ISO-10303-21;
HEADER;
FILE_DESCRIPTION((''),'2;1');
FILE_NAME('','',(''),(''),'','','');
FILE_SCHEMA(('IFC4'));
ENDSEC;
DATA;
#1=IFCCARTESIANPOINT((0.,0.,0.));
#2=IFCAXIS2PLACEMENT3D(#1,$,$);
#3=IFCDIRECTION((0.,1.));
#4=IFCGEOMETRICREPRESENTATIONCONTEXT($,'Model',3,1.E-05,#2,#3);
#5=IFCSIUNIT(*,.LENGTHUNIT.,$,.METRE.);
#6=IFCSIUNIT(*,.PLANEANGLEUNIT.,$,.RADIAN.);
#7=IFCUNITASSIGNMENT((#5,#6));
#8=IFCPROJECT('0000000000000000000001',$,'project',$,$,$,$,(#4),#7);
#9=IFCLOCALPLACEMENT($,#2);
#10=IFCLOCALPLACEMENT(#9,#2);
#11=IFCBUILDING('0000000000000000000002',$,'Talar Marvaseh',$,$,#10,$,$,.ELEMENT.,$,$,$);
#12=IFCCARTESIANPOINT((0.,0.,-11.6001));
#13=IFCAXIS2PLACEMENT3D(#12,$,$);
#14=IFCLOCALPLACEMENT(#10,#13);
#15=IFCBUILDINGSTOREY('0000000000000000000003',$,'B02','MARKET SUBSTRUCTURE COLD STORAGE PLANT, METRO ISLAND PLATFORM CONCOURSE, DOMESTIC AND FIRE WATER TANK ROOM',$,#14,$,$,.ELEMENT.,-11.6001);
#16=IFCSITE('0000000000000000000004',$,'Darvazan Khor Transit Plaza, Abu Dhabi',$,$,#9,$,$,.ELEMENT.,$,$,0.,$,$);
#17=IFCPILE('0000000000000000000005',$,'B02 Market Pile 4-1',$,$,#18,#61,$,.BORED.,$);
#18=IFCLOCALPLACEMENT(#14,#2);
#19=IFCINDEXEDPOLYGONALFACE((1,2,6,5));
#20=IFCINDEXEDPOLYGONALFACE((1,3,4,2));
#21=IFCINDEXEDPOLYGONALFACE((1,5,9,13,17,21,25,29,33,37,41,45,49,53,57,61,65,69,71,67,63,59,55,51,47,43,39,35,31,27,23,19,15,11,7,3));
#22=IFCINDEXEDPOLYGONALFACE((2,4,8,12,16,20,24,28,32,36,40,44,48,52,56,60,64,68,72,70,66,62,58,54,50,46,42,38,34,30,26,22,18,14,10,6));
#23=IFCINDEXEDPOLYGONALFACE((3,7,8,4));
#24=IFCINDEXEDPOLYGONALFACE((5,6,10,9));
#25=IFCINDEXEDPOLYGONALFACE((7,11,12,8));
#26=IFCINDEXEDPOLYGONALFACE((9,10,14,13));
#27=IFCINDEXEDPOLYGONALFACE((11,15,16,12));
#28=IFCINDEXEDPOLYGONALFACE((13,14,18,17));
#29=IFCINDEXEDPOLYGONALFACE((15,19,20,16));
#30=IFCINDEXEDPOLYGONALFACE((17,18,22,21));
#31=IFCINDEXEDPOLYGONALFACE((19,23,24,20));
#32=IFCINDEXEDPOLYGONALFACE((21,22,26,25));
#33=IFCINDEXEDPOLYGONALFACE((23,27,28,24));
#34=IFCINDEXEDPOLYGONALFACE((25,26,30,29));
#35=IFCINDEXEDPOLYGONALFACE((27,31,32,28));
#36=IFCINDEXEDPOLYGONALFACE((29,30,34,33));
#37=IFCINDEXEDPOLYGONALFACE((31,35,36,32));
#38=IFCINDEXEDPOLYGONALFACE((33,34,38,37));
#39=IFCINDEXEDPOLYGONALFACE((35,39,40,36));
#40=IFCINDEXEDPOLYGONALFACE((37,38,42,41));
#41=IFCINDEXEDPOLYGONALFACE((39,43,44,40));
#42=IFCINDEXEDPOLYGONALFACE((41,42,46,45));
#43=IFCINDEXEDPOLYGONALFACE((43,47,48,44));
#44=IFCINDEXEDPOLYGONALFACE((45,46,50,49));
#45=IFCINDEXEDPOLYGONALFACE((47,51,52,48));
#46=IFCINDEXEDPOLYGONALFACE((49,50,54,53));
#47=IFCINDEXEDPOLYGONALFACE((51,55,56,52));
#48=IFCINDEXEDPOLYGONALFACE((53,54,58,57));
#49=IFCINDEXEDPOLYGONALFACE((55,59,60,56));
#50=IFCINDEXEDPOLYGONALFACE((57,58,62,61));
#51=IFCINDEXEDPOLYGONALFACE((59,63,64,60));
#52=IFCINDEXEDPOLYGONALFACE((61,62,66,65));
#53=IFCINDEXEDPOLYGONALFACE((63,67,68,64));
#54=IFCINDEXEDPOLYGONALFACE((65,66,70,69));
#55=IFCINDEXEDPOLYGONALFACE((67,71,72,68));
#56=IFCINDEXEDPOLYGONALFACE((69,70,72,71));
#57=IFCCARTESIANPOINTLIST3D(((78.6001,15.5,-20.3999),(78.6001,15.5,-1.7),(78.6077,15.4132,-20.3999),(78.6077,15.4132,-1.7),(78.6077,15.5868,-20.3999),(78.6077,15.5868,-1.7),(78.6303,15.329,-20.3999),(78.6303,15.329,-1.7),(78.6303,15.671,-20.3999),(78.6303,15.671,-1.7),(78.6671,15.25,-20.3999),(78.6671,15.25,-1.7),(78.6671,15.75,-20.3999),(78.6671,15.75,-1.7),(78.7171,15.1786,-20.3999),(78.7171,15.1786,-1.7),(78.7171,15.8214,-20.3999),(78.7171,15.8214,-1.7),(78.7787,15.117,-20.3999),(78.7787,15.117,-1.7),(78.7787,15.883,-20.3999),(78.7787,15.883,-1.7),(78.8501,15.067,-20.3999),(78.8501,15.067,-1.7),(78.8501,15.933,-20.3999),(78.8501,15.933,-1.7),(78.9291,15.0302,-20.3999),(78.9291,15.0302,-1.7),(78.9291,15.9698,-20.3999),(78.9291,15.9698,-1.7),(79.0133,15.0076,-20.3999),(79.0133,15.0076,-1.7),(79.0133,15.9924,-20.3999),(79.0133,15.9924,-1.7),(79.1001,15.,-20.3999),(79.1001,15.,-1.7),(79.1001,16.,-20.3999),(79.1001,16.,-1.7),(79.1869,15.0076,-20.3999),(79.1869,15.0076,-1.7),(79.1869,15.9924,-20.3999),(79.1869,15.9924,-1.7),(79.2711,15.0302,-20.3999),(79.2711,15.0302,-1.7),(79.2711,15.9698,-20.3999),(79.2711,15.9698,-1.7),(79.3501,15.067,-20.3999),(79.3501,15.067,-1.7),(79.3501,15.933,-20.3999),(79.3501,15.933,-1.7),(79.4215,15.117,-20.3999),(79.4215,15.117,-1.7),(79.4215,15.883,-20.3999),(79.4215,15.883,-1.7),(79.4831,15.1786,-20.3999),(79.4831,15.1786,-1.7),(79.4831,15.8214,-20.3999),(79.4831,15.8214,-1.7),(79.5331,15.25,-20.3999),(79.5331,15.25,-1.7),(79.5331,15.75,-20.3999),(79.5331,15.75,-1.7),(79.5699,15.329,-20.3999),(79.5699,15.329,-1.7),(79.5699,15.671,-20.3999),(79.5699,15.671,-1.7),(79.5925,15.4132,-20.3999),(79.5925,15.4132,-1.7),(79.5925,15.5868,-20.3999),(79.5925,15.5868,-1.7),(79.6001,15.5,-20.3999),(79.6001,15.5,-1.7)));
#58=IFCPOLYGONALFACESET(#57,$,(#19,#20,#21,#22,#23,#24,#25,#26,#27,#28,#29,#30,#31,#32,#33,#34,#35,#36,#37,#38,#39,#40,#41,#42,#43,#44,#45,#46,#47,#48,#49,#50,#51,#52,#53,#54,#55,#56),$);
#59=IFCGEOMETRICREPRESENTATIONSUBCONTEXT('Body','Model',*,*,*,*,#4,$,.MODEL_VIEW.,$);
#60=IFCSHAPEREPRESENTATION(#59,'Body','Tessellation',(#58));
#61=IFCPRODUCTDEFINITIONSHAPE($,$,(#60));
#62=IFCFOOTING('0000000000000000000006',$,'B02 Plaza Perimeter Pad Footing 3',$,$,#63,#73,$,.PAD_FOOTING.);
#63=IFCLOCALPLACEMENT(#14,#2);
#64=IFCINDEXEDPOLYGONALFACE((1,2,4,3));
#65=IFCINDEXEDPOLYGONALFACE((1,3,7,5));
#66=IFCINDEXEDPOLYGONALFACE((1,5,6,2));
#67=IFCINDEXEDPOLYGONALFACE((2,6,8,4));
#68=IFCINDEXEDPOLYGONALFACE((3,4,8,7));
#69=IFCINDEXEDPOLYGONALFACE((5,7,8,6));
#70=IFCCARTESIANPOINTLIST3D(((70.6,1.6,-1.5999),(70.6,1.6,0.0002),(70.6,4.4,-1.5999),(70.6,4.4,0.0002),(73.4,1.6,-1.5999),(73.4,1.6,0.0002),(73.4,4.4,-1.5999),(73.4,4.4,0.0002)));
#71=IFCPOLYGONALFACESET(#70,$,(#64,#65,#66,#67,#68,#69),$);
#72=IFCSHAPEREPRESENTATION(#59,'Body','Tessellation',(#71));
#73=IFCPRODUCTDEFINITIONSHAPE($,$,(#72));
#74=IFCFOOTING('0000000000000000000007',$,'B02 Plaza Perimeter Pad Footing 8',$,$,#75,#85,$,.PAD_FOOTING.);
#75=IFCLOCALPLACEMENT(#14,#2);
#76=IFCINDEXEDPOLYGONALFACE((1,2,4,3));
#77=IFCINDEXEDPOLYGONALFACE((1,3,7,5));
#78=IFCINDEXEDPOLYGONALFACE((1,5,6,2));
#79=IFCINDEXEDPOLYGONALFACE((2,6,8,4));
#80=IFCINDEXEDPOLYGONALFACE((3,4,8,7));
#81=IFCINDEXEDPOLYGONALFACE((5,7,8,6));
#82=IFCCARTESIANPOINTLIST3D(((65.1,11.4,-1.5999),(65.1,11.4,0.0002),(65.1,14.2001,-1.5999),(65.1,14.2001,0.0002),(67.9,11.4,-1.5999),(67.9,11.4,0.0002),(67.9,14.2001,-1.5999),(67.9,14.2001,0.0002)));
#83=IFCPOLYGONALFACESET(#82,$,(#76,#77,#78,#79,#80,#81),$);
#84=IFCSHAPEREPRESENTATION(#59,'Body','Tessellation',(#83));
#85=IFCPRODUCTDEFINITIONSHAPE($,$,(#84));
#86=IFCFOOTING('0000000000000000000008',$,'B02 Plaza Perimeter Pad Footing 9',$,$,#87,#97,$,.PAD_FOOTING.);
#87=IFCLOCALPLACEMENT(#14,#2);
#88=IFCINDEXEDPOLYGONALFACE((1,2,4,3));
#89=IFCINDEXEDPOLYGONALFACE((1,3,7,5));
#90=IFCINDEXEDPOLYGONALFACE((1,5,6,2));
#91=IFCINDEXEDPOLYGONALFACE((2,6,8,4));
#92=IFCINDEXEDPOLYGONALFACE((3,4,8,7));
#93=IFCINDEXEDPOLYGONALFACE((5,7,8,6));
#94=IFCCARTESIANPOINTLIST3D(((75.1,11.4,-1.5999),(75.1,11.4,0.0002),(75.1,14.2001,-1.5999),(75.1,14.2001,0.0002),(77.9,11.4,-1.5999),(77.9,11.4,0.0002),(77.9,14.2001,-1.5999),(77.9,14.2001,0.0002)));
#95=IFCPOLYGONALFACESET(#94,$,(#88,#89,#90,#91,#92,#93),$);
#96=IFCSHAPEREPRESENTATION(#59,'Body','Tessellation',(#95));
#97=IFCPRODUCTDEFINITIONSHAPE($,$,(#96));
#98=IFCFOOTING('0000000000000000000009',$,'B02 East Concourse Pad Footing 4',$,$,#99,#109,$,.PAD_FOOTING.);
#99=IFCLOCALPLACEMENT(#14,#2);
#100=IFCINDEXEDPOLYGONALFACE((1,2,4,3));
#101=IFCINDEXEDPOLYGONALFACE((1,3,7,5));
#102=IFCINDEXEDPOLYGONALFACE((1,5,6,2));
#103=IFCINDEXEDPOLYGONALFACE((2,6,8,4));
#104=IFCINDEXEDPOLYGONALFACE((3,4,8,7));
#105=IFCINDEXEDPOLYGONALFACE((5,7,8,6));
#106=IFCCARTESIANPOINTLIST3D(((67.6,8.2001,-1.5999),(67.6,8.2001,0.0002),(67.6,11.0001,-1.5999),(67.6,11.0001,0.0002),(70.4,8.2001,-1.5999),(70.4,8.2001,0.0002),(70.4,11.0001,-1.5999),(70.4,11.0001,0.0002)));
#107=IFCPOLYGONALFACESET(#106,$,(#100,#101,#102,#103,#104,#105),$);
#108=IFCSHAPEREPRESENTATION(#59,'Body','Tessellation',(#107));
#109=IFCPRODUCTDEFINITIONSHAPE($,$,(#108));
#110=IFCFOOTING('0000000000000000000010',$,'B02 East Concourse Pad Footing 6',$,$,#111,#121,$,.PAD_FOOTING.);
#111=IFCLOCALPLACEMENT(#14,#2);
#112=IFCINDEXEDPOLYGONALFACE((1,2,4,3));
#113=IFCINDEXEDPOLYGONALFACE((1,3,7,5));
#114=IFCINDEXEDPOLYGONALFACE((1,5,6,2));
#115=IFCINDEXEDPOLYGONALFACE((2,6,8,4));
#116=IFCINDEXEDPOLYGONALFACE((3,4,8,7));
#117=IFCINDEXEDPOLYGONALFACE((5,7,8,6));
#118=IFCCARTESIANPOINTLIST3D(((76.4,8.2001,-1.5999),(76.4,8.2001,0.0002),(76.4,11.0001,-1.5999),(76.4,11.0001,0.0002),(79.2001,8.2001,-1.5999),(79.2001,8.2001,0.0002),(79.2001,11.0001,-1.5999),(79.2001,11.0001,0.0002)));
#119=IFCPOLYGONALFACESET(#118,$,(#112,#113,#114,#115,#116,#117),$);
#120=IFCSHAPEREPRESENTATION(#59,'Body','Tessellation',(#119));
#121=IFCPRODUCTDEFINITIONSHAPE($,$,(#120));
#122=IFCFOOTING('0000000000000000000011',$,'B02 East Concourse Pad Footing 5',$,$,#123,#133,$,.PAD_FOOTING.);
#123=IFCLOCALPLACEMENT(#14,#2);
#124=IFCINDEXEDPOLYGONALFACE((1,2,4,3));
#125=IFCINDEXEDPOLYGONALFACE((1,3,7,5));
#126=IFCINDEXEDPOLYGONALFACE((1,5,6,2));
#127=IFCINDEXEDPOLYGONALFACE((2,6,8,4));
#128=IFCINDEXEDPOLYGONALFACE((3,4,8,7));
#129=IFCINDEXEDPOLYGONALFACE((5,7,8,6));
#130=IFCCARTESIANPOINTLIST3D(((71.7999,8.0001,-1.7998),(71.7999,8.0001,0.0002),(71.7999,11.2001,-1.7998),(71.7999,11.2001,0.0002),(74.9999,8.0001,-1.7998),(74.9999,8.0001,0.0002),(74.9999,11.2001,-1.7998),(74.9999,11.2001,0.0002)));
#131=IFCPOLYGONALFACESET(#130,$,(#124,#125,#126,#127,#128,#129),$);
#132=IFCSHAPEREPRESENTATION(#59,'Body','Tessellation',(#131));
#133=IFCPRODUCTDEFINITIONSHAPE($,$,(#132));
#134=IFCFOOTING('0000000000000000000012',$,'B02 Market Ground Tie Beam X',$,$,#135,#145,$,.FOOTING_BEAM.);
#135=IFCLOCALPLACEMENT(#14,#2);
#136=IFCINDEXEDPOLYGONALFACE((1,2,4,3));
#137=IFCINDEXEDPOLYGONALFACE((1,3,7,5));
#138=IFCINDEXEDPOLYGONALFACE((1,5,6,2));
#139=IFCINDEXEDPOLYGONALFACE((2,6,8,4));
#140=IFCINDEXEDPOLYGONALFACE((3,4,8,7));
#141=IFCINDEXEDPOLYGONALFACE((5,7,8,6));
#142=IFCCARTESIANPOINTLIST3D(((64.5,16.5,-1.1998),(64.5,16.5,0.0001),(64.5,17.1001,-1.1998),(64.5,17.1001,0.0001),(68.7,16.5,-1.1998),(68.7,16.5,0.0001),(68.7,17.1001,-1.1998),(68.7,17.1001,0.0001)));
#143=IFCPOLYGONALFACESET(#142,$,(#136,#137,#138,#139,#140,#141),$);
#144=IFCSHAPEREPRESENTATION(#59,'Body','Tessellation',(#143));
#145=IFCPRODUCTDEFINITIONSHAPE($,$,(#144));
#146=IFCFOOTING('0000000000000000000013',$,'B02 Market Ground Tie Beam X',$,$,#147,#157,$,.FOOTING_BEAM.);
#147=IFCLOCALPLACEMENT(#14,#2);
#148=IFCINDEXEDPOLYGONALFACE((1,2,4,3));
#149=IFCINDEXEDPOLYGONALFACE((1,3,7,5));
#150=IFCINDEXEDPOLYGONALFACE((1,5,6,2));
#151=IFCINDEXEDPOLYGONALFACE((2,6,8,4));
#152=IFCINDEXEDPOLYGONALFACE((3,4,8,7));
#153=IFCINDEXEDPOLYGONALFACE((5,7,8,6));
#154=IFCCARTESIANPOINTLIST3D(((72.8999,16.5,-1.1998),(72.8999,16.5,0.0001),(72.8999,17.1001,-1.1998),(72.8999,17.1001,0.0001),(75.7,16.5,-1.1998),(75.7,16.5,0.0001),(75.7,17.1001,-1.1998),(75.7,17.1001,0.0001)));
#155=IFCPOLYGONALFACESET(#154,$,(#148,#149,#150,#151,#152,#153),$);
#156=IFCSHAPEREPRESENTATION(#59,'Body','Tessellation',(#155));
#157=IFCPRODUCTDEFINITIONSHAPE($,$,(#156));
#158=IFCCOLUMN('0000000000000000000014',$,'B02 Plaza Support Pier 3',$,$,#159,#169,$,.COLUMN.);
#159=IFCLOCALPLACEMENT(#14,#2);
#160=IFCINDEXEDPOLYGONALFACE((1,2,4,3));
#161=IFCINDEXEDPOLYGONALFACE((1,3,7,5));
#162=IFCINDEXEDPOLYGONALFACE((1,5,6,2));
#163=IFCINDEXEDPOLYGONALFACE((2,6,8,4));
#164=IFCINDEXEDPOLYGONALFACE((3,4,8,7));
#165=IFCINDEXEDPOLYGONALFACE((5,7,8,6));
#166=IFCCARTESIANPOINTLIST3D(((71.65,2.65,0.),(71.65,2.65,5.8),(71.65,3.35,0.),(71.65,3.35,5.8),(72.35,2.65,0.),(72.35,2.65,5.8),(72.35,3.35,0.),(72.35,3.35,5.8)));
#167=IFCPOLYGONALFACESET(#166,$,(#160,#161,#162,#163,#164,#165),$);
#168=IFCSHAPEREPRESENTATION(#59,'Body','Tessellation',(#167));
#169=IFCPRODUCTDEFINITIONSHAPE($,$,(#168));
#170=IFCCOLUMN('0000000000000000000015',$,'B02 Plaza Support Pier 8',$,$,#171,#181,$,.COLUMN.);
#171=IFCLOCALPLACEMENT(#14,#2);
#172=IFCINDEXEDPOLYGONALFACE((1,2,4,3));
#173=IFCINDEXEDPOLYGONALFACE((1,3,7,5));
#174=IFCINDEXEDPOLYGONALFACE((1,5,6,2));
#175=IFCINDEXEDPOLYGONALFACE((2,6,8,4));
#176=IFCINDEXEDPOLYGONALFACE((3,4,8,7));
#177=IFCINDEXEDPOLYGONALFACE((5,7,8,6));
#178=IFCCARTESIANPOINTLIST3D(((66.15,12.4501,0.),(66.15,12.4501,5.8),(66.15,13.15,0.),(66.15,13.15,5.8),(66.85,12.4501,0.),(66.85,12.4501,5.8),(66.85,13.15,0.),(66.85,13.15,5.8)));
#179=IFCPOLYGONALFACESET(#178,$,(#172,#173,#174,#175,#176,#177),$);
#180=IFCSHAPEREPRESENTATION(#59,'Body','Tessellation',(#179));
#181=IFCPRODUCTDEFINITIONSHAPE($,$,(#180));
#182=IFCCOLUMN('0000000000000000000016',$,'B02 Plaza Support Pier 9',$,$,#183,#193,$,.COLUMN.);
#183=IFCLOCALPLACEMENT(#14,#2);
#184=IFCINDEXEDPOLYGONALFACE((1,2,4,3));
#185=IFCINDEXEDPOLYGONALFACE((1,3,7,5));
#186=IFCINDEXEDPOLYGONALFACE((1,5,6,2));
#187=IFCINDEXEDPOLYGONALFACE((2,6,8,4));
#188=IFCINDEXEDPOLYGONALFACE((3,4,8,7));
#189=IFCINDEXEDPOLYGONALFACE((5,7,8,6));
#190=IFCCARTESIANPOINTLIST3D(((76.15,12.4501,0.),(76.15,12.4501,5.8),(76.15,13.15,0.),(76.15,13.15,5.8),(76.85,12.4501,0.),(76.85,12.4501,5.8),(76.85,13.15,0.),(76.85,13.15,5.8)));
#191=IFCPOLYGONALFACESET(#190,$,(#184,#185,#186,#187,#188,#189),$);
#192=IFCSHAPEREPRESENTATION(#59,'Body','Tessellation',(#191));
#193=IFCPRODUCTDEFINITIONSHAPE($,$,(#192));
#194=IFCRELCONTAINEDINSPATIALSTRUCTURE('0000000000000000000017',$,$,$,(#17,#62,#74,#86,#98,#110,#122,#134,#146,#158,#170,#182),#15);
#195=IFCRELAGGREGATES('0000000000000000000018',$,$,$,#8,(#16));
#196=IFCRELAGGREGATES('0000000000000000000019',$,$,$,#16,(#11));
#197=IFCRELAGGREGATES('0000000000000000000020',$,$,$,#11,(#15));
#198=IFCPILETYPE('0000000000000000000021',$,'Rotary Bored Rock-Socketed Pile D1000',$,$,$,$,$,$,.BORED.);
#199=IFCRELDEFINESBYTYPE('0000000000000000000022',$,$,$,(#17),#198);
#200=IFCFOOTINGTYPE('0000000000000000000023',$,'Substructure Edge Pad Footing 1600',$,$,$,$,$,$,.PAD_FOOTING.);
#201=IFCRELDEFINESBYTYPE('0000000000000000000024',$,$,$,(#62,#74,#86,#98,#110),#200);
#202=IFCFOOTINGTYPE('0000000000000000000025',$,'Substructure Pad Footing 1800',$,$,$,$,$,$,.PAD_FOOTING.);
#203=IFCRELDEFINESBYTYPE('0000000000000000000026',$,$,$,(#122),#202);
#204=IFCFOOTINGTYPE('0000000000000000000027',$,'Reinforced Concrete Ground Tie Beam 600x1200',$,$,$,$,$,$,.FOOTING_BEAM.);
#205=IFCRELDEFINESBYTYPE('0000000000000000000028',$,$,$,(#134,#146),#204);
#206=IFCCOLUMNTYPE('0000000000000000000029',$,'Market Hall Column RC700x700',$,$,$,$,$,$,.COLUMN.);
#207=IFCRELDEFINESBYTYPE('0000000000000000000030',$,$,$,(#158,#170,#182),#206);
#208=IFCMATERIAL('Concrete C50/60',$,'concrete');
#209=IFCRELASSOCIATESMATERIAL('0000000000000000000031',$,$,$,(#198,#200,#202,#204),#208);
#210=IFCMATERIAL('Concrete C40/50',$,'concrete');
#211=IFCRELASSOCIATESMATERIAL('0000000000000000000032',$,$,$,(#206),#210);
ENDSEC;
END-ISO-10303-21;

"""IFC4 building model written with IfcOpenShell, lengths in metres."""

from ifc_helpers import new_model, si_unit, direction, frame, origin, origin_2d, place, context, subcontext, project, spatial, rectangle, circle, extrude, source, transform, mapped, material, material_profile, profile_set, type_object, type_shapes, element, save


model = new_model("IFC4")

# Units and contexts
model_context = context("Model", 3, precision=1e-05, world=origin(), true_north=direction((0.0, 1.0)))
body_context = subcontext(model_context, "Body", "Model", "MODEL_VIEW")
ifc_project = project(units=[si_unit("LENGTHUNIT", "METRE"), si_unit("PLANEANGLEUNIT", "RADIAN")], contexts=[model_context])

# Site, building, storey
site_placement = place(None, origin())
site = spatial("IfcSite", under=ifc_project, at=site_placement, Name="Darvazan Khor Transit Plaza, Abu Dhabi", CompositionType="ELEMENT", RefElevation=0.0)
building_placement = place(site_placement, origin())
building = spatial("IfcBuilding", under=site, at=building_placement, Name="Talar Marvaseh", CompositionType="ELEMENT")
storey_placement = place(building_placement, frame((0.0, 0.0, -11.6001)))
storey = spatial("IfcBuildingStorey", under=building, at=storey_placement, Name="B02", Description="MARKET SUBSTRUCTURE COLD STORAGE PLANT, METRO ISLAND PLATFORM CONCOURSE, DOMESTIC AND FIRE WATER TANK ROOM", CompositionType="ELEMENT", Elevation=-11.6001)

# Shared definitions
ifc_material_1 = material(Name="Concrete C50/60", Category="concrete")

# Pile
ifc_material_profile_1 = material_profile(ifc_material_1, circle(Radius=0.5, at=origin_2d()), Name="PILE-D1000")
ifc_profile_set_1 = profile_set([ifc_material_profile_1], Name="Concrete C50/60")
pile_type = type_object("IfcPileType", Name="Rotary Bored Rock-Socketed Pile D1000", PredefinedType="BORED", material=ifc_profile_set_1)
shared_shape_1 = source(origin(), body_context, "Body", "SweptSolid", [
    extrude(circle(Radius=0.5, at=origin_2d()), origin(), (0.0, 0.0, 1.0), 18.7),
])
type_shapes(pile_type, [shared_shape_1])
for number, where, z_axis, x_axis, name in (
    (1, (79.1001, 15.5, -1.7), (0.0, 0.0, -1.0), (1.0, 0.0, 0.0), "B02 Market Pile 4-1"),
):
    element("IfcPile", number, at=place(storey_placement, frame(where, z_axis=z_axis, x_axis=x_axis)), inside=storey, type_object=pile_type, Name=name, PredefinedType="BORED", context=body_context, shape_type="MappedRepresentation", body=[
        mapped(shared_shape_1, transform((0.0, 0.0, 0.0), x_axis=(1.0, 0.0, 0.0), y_axis=(0.0, 1.0, 0.0), z_axis=(0.0, 0.0, 1.0), scale=1.0)),
    ])

# Footings
footing_type_1 = type_object("IfcFootingType", Name="Substructure Edge Pad Footing 1600", PredefinedType="PAD_FOOTING", material=ifc_material_1)
shared_shape_2 = source(origin(), body_context, "Body", "SweptSolid", [
    extrude(rectangle(XDim=2.8, YDim=2.8, at=origin_2d()), origin(), (0.0, 0.0, 1.0), 1.6001),
])
type_shapes(footing_type_1, [shared_shape_2])
for number, where, z_axis, x_axis, name in (
    (2, (72.0, 3.0, -1.5999), (0.0, 0.0, 1.0), (1.0, 0.0, 0.0), "B02 Plaza Perimeter Pad Footing 3"),
    (3, (66.5, 12.8, -1.5999), (0.0, 0.0, 1.0), (1.0, 0.0, 0.0), "B02 Plaza Perimeter Pad Footing 8"),
    (4, (76.5, 12.8, -1.5999), (0.0, 0.0, 1.0), (1.0, 0.0, 0.0), "B02 Plaza Perimeter Pad Footing 9"),
    (5, (69.0, 9.6001, -1.5999), (0.0, 0.0, 1.0), (1.0, 0.0, 0.0), "B02 East Concourse Pad Footing 4"),
    (6, (77.8, 9.6001, -1.5999), (0.0, 0.0, 1.0), (1.0, 0.0, 0.0), "B02 East Concourse Pad Footing 6"),
):
    element("IfcFooting", number, at=place(storey_placement, frame(where, z_axis=z_axis, x_axis=x_axis)), inside=storey, type_object=footing_type_1, Name=name, PredefinedType="PAD_FOOTING", context=body_context, shape_type="MappedRepresentation", body=[
        mapped(shared_shape_2, transform((0.0, 0.0, 0.0), x_axis=(1.0, 0.0, 0.0), y_axis=(0.0, 1.0, 0.0), z_axis=(0.0, 0.0, 1.0), scale=1.0)),
    ])
footing_type_2 = type_object("IfcFootingType", Name="Substructure Pad Footing 1800", PredefinedType="PAD_FOOTING", material=ifc_material_1)
shared_shape_3 = source(origin(), body_context, "Body", "SweptSolid", [
    extrude(rectangle(XDim=3.2, YDim=3.2, at=origin_2d()), origin(), (0.0, 0.0, 1.0), 1.8),
])
type_shapes(footing_type_2, [shared_shape_3])
footing_1_placement = place(storey_placement, frame((73.3999, 9.6001, -1.7998), z_axis=(0.0, 0.0, 1.0), x_axis=(1.0, 0.0, 0.0)))
element("IfcFooting", 7, at=footing_1_placement, inside=storey, type_object=footing_type_2, Name="B02 East Concourse Pad Footing 5", PredefinedType="PAD_FOOTING", context=body_context, shape_type="MappedRepresentation", body=[
    mapped(shared_shape_3, transform((0.0, 0.0, 0.0), x_axis=(1.0, 0.0, 0.0), y_axis=(0.0, 1.0, 0.0), z_axis=(0.0, 0.0, 1.0), scale=1.0)),
])
ifc_material_profile_2 = material_profile(ifc_material_1, rectangle(XDim=0.6001, YDim=1.2, at=origin_2d()), Name="RC600x1200")
ifc_profile_set_2 = profile_set([ifc_material_profile_2], Name="Concrete C50/60")
footing_type_3 = type_object("IfcFootingType", Name="Reinforced Concrete Ground Tie Beam 600x1200", PredefinedType="FOOTING_BEAM", material=ifc_profile_set_2)
shared_shape_4 = source(origin(), body_context, "Body", "SweptSolid", [
    extrude(rectangle(XDim=0.6001, YDim=1.2, at=origin_2d()), origin(), (0.0, 0.0, 1.0), 4.2),
])
footing_2_placement = place(storey_placement, frame((64.5, 16.8, -0.5999), z_axis=(1.0, 0.0, 0.0), x_axis=(0.0, 1.0, 0.0)))
element("IfcFooting", 8, at=footing_2_placement, inside=storey, type_object=footing_type_3, Name="B02 Market Ground Tie Beam X", PredefinedType="FOOTING_BEAM", context=body_context, shape_type="MappedRepresentation", body=[
    mapped(shared_shape_4, transform((0.0, 0.0, 0.0), x_axis=(1.0, 0.0, 0.0), y_axis=(0.0, 1.0, 0.0), z_axis=(0.0, 0.0, 1.0), scale=1.0)),
])
shared_shape_5 = source(origin(), body_context, "Body", "SweptSolid", [
    extrude(rectangle(XDim=0.6001, YDim=1.2, at=origin_2d()), origin(), (0.0, 0.0, 1.0), 2.8),
])
type_shapes(footing_type_3, [shared_shape_4, shared_shape_5])
footing_3_placement = place(storey_placement, frame((72.8999, 16.8, -0.5999), z_axis=(1.0, 0.0, 0.0), x_axis=(0.0, 1.0, 0.0)))
element("IfcFooting", 9, at=footing_3_placement, inside=storey, type_object=footing_type_3, Name="B02 Market Ground Tie Beam X", PredefinedType="FOOTING_BEAM", context=body_context, shape_type="MappedRepresentation", body=[
    mapped(shared_shape_5, transform((0.0, 0.0, 0.0), x_axis=(1.0, 0.0, 0.0), y_axis=(0.0, 1.0, 0.0), z_axis=(0.0, 0.0, 1.0), scale=1.0)),
])

# Columns
ifc_material_2 = material(Name="Concrete C40/50", Category="concrete")
ifc_material_profile_3 = material_profile(ifc_material_2, rectangle(XDim=0.7, YDim=0.7, at=origin_2d()), Name="RC700x700")
ifc_profile_set_3 = profile_set([ifc_material_profile_3], Name="Concrete C40/50")
column_type = type_object("IfcColumnType", Name="Market Hall Column RC700x700", PredefinedType="COLUMN", material=ifc_profile_set_3)
for number, where, z_axis, x_axis, name in (
    (10, (72.0, 3.0, 0.0), (0.0, 0.0, 1.0), (1.0, 0.0, 0.0), "B02 Plaza Support Pier 3"),
    (11, (66.5, 12.8, 0.0), (0.0, 0.0, 1.0), (1.0, 0.0, 0.0), "B02 Plaza Support Pier 8"),
    (12, (76.5, 12.8, 0.0), (0.0, 0.0, 1.0), (1.0, 0.0, 0.0), "B02 Plaza Support Pier 9"),
):
    element("IfcColumn", number, at=place(storey_placement, frame(where, z_axis=z_axis, x_axis=x_axis)), inside=storey, type_object=column_type, Name=name, PredefinedType="COLUMN", context=body_context, shape_type="SweptSolid", body=[
        extrude(rectangle(XDim=0.7, YDim=0.7, at=origin_2d()), origin(), (0.0, 0.0, 1.0), 5.8),
    ])

save(model, "model.ifc")
